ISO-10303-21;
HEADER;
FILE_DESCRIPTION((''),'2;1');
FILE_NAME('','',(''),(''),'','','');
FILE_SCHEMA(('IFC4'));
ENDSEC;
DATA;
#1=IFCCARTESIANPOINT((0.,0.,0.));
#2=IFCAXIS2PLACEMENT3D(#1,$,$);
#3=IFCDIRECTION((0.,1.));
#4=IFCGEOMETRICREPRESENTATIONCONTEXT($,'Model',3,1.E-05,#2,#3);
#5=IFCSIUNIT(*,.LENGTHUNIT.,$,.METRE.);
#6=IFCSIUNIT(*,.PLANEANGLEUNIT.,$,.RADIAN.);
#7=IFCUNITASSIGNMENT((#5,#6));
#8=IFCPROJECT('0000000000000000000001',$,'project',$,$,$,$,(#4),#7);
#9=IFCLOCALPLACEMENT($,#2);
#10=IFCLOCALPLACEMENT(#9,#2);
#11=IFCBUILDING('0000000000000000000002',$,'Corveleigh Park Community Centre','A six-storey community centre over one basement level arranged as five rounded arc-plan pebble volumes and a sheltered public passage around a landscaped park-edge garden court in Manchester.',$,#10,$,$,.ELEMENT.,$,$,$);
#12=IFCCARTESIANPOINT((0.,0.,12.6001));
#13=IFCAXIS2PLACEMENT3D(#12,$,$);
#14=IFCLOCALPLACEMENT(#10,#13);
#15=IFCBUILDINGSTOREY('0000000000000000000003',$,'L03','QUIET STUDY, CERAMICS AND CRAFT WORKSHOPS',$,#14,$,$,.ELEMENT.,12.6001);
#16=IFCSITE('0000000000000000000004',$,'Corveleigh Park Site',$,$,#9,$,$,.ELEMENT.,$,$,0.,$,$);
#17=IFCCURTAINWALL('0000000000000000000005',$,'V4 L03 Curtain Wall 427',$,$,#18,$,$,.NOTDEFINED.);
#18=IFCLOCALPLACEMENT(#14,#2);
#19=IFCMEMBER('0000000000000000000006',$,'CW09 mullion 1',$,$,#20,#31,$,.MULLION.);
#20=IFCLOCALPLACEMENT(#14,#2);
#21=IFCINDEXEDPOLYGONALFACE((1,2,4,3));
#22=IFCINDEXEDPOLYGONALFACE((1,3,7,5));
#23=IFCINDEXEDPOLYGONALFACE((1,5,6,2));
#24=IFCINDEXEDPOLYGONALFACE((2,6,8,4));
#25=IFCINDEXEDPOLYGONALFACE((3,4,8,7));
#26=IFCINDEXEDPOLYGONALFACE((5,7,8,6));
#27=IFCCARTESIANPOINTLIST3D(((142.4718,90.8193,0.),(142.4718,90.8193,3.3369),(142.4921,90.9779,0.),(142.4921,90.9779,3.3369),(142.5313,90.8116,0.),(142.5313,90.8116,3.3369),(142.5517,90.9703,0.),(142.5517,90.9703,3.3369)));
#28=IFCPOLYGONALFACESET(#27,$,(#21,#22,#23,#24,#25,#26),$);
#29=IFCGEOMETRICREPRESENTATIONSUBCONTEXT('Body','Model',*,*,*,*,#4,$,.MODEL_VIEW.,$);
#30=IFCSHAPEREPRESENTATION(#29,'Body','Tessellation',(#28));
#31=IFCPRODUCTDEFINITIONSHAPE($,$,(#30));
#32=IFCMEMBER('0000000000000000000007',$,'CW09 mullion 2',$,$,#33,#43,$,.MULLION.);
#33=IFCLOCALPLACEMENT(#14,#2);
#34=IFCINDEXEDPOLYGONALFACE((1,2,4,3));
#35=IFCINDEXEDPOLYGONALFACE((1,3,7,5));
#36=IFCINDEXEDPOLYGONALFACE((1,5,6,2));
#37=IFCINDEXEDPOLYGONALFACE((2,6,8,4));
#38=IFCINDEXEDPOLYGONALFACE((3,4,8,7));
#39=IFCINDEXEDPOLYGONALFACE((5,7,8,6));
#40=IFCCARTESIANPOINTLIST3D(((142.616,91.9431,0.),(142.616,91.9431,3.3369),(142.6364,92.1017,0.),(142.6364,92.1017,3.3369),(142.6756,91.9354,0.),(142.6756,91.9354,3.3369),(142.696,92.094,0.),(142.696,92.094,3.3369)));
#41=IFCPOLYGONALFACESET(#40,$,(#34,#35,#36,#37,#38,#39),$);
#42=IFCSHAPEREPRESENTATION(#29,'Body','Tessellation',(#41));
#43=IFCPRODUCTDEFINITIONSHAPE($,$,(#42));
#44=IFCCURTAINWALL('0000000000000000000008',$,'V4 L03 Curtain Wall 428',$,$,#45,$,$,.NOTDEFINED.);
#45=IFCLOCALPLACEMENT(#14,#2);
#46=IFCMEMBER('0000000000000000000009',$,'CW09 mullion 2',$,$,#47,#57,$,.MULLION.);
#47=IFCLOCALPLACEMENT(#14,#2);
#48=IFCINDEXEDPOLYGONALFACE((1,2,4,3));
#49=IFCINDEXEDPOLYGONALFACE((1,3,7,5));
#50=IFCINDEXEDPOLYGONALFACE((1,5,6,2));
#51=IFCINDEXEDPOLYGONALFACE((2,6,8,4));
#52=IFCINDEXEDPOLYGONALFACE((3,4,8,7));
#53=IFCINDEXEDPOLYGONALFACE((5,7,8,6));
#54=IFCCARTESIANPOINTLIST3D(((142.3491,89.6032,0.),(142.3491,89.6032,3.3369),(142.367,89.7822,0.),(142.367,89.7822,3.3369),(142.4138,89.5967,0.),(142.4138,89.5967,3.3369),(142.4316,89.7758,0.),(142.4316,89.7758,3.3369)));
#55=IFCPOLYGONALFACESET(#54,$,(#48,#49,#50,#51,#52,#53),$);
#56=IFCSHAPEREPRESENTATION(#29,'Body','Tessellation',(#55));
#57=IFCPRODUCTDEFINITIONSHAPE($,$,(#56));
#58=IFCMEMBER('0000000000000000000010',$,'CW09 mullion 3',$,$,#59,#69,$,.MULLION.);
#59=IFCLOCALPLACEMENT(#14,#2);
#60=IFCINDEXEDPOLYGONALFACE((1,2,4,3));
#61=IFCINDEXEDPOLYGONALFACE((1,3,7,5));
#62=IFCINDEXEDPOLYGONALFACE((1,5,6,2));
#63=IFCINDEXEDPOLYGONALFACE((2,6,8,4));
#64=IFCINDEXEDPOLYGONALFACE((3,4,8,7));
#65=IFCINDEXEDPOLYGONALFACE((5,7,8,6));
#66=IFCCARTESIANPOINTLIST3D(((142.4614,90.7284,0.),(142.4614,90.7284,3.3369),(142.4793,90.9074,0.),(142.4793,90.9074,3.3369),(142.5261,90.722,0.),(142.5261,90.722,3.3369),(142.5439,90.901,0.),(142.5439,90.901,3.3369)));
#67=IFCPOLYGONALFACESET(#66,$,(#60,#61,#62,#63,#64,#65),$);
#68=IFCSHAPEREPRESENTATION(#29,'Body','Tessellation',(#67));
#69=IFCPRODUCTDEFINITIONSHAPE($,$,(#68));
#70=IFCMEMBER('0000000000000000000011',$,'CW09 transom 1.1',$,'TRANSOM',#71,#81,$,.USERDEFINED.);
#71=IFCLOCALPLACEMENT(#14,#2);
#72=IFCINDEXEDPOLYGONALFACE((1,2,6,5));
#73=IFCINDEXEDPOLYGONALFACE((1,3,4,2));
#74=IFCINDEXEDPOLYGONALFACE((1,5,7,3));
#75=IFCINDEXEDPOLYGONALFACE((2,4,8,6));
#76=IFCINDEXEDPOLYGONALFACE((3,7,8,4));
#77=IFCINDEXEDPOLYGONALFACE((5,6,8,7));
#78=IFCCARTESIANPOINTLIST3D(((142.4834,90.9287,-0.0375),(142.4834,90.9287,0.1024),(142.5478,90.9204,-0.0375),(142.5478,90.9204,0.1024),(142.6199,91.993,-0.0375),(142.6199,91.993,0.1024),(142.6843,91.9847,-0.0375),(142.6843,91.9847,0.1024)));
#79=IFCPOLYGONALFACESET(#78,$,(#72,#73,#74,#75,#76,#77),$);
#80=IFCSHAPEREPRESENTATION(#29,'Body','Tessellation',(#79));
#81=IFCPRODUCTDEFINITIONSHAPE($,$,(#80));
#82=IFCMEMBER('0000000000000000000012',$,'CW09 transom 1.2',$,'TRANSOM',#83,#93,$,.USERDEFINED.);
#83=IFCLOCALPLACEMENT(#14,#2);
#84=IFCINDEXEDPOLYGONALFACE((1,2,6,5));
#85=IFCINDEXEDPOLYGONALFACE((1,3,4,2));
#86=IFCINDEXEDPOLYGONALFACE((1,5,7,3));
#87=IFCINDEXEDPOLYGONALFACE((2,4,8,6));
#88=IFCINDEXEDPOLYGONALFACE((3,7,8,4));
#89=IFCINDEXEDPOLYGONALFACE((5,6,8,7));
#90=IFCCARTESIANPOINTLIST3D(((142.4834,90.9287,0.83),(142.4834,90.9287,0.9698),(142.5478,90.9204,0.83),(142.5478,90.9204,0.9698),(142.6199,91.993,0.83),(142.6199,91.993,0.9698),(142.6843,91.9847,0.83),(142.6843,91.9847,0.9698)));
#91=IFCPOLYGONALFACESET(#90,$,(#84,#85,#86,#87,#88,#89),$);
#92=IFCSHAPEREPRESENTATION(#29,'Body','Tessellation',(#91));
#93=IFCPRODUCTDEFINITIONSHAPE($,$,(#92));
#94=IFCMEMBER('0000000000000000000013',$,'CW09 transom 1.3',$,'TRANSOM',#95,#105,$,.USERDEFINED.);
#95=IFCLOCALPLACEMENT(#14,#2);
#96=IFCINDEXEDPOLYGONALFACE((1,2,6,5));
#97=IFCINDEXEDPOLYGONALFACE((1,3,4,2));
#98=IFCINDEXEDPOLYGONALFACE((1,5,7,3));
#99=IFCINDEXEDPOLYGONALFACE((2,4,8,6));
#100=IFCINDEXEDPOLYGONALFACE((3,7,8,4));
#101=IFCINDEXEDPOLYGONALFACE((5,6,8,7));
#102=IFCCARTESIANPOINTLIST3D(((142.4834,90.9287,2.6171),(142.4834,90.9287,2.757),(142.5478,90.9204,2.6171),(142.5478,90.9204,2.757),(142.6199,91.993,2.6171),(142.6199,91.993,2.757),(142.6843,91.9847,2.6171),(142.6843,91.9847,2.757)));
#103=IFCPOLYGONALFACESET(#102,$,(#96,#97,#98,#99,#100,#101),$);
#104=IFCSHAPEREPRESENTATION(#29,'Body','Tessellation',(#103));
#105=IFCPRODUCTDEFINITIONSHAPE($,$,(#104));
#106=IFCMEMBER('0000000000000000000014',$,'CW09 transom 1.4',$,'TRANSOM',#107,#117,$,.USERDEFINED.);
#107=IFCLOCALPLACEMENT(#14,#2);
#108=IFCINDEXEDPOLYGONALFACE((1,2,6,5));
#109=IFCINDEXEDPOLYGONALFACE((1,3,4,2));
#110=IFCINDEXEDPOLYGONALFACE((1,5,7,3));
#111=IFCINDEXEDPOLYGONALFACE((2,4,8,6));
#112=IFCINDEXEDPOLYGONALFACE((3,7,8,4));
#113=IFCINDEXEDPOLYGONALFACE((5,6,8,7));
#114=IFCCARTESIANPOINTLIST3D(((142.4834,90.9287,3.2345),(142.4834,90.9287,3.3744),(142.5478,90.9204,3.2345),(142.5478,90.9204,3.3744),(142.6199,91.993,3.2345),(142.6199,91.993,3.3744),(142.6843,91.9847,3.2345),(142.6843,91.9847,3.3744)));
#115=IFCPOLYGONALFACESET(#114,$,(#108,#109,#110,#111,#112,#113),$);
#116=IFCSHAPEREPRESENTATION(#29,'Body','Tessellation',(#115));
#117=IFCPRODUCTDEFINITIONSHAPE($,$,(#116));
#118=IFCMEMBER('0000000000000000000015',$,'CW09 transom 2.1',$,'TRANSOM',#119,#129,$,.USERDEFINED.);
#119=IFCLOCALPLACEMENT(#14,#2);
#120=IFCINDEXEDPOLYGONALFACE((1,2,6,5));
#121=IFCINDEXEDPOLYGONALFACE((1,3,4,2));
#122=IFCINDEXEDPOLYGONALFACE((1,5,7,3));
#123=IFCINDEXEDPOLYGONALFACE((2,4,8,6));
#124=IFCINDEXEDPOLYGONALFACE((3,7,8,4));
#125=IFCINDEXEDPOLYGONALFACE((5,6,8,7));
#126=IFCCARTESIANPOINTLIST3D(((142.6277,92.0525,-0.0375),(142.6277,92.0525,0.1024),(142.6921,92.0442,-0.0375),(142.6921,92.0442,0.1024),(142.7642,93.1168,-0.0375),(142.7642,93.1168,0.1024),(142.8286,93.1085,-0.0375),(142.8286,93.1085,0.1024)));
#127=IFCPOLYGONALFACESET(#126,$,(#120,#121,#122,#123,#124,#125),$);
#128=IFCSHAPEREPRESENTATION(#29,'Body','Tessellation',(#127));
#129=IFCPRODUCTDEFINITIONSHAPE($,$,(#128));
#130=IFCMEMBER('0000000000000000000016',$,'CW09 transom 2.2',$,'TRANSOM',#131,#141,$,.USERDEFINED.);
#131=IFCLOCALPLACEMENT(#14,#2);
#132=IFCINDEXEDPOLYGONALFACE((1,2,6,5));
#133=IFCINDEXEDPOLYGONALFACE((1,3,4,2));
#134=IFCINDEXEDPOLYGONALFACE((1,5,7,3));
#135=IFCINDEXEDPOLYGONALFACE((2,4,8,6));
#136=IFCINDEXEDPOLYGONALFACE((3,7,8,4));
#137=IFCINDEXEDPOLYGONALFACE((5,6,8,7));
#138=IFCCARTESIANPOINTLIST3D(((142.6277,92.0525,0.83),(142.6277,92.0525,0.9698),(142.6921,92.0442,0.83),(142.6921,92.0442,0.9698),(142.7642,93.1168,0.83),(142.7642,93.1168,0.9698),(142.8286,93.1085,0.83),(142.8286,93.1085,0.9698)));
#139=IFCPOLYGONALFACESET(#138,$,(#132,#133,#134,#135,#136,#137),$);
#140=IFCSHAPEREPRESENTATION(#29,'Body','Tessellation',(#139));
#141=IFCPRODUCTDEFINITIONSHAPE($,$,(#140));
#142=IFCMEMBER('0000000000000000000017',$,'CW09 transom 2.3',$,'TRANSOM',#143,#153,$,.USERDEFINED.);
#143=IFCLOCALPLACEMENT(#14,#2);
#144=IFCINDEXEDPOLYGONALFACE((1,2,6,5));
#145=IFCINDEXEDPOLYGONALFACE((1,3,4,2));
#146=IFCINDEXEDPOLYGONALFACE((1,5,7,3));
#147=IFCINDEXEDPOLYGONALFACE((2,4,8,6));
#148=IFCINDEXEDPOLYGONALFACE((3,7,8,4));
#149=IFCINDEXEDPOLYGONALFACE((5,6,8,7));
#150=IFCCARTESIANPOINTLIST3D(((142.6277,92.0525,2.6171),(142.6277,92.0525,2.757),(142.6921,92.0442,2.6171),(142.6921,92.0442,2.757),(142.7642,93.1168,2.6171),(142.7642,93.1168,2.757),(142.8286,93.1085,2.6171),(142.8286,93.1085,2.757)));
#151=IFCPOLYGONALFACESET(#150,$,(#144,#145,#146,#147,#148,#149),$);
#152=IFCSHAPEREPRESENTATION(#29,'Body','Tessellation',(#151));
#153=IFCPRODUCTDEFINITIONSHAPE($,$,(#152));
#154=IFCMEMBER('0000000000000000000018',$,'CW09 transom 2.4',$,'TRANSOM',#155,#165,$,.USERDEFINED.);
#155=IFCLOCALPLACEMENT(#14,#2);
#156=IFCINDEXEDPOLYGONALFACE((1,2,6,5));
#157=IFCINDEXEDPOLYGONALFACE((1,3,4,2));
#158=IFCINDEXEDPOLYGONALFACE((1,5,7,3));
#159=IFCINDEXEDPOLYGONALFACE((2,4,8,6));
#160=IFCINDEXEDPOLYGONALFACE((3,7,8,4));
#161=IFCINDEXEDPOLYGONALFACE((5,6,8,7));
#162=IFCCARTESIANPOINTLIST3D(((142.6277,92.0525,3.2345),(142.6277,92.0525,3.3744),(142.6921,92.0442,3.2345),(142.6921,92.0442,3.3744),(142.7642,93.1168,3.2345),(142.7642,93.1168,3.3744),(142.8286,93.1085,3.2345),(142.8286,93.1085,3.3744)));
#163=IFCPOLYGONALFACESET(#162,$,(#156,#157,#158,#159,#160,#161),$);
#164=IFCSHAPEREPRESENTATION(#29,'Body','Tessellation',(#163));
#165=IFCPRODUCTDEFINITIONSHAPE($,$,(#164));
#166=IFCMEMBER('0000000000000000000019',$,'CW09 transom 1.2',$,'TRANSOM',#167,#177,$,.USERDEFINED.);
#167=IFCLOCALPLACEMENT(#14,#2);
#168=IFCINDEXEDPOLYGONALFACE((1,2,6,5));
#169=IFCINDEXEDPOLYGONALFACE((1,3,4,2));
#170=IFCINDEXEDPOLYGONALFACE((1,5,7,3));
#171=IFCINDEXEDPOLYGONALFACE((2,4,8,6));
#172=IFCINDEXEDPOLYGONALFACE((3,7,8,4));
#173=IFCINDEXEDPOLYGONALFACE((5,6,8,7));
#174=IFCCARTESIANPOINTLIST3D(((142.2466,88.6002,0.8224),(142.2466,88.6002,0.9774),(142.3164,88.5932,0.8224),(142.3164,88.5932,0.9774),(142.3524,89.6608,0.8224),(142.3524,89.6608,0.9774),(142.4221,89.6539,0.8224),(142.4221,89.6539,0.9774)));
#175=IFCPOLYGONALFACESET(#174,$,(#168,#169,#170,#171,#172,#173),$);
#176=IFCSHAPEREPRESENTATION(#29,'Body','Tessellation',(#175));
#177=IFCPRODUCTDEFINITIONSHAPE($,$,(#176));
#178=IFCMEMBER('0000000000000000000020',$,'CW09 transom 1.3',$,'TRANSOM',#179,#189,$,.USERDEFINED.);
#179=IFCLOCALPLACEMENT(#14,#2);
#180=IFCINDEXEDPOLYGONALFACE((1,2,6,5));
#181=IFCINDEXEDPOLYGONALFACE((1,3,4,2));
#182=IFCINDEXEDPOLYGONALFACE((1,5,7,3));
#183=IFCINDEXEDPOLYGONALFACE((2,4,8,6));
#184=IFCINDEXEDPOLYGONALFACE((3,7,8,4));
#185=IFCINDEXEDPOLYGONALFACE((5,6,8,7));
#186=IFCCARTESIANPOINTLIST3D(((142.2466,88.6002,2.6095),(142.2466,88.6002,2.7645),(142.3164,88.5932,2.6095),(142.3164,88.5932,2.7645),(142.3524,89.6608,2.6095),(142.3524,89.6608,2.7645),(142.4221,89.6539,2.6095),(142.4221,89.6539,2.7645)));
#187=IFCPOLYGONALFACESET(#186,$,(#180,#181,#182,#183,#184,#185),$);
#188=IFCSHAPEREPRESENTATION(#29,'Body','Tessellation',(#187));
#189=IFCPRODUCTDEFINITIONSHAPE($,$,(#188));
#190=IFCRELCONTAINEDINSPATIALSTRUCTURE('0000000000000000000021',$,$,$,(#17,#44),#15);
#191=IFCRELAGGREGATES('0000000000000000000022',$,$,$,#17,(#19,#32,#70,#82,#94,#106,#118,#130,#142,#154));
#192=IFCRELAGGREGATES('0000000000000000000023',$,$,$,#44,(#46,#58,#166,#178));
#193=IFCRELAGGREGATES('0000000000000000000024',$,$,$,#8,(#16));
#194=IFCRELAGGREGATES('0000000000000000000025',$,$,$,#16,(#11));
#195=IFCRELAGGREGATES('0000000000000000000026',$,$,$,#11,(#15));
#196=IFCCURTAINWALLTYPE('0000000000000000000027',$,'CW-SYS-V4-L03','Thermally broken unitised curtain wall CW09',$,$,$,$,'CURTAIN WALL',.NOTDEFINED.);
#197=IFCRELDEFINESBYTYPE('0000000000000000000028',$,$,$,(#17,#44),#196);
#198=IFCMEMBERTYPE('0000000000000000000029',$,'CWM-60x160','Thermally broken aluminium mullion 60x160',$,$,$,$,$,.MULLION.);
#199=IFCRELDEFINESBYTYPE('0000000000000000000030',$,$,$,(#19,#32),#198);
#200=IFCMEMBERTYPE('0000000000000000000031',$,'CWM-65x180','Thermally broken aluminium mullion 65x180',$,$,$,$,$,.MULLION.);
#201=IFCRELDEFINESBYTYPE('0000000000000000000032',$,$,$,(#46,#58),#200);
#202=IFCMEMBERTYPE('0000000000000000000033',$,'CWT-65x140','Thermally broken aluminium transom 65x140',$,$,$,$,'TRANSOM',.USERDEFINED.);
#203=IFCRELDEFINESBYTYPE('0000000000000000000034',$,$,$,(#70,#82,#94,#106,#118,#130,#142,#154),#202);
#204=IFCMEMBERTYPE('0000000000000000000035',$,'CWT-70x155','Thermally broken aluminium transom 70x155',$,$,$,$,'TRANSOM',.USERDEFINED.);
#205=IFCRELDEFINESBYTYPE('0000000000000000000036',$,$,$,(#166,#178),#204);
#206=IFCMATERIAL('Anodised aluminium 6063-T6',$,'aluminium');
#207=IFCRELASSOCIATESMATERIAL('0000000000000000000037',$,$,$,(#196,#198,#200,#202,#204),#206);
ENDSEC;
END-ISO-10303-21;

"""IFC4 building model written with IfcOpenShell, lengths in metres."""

from ifc_helpers import new_model, si_unit, direction, frame, origin, origin_2d, place, context, subcontext, project, spatial, rectangle, extrude, material, material_profile, profile_set, type_object, element, aggregate, save


model = new_model("IFC4")

# Units and contexts
model_context = context("Model", 3, precision=1e-05, world=origin(), true_north=direction((0.0, 1.0)))
body_context = subcontext(model_context, "Body", "Model", "MODEL_VIEW")
ifc_project = project(units=[si_unit("LENGTHUNIT", "METRE"), si_unit("PLANEANGLEUNIT", "RADIAN")], contexts=[model_context])

# Site, building, storey
site_placement = place(None, origin())
site = spatial("IfcSite", under=ifc_project, at=site_placement, Name="Corveleigh Park Site", CompositionType="ELEMENT", RefElevation=0.0)
building_placement = place(site_placement, origin())
building = spatial("IfcBuilding", under=site, at=building_placement, Name="Corveleigh Park Community Centre", Description="A six-storey community centre over one basement level arranged as five rounded arc-plan pebble volumes and a sheltered public passage around a landscaped park-edge garden court in Manchester.", CompositionType="ELEMENT")
storey_placement = place(building_placement, frame((0.0, 0.0, 12.6001)))
storey = spatial("IfcBuildingStorey", under=building, at=storey_placement, Name="L03", Description="QUIET STUDY, CERAMICS AND CRAFT WORKSHOPS", CompositionType="ELEMENT", Elevation=12.6001)

# Curtain walls, members
ifc_material_1 = material(Name="Anodised aluminium 6063-T6", Category="aluminium")
curtain_wall_type = type_object("IfcCurtainWallType", Name="CW-SYS-V4-L03", Description="Thermally broken unitised curtain wall CW09", ElementType="CURTAIN WALL", PredefinedType="NOTDEFINED", material=ifc_material_1)
curtain_wall_1_placement = place(storey_placement, origin())
curtain_wall_1 = element("IfcCurtainWall", 1, at=curtain_wall_1_placement, inside=storey, type_object=curtain_wall_type, Name="V4 L03 Curtain Wall 427", PredefinedType="NOTDEFINED")
ifc_material_profile_1 = material_profile(ifc_material_1, rectangle(XDim=0.0601, YDim=0.1599, at=origin_2d()), Name="ALU-M60x160", Category="aluminium")
ifc_profile_set_1 = profile_set([ifc_material_profile_1], Name="Anodised aluminium 6063-T6")
member_type_1 = type_object("IfcMemberType", Name="CWM-60x160", Description="Thermally broken aluminium mullion 60x160", PredefinedType="MULLION", material=ifc_profile_set_1)
member_1_placement = place(storey_placement, frame((142.5117, 90.8948, 0.0), z_axis=(0.0, 0.0, 1.0), x_axis=(-0.991869, 0.127262, 0.0)))
member_1 = element("IfcMember", 2, at=member_1_placement, type_object=member_type_1, Name="CW09 mullion 1", PredefinedType="MULLION", context=body_context, shape_type="SweptSolid", body=[
    extrude(rectangle(XDim=0.0601, YDim=0.1599, at=origin_2d()), origin(), (0.0, 0.0, 1.0), 3.3369),
])
member_2_placement = place(storey_placement, frame((142.656, 92.0186, 0.0), z_axis=(0.0, 0.0, 1.0), x_axis=(-0.991869, 0.127262, 0.0)))
member_2 = element("IfcMember", 3, at=member_2_placement, type_object=member_type_1, Name="CW09 mullion 2", PredefinedType="MULLION", context=body_context, shape_type="SweptSolid", body=[
    extrude(rectangle(XDim=0.0601, YDim=0.1599, at=origin_2d()), origin(), (0.0, 0.0, 1.0), 3.3369),
])
curtain_wall_2_placement = place(storey_placement, origin())
curtain_wall_2 = element("IfcCurtainWall", 4, at=curtain_wall_2_placement, inside=storey, type_object=curtain_wall_type, Name="V4 L03 Curtain Wall 428", PredefinedType="NOTDEFINED")
ifc_material_profile_2 = material_profile(ifc_material_1, rectangle(XDim=0.0649, YDim=0.1799, at=origin_2d()), Name="ALU-M65x180", Category="aluminium")
ifc_profile_set_2 = profile_set([ifc_material_profile_2], Name="Anodised aluminium 6063-T6")
member_type_2 = type_object("IfcMemberType", Name="CWM-65x180", Description="Thermally broken aluminium mullion 65x180", PredefinedType="MULLION", material=ifc_profile_set_2)
member_3_placement = place(storey_placement, frame((142.3904, 89.6895, 0.0), z_axis=(0.0, 0.0, 1.0), x_axis=(-0.995058, 0.099291, 0.0)))
member_3 = element("IfcMember", 5, at=member_3_placement, type_object=member_type_2, Name="CW09 mullion 2", PredefinedType="MULLION", context=body_context, shape_type="SweptSolid", body=[
    extrude(rectangle(XDim=0.0649, YDim=0.1799, at=origin_2d()), origin(), (0.0, 0.0, 1.0), 3.3369),
])
member_4_placement = place(storey_placement, frame((142.5027, 90.8147, 0.0), z_axis=(0.0, 0.0, 1.0), x_axis=(-0.995058, 0.099291, 0.0)))
member_4 = element("IfcMember", 6, at=member_4_placement, type_object=member_type_2, Name="CW09 mullion 3", PredefinedType="MULLION", context=body_context, shape_type="SweptSolid", body=[
    extrude(rectangle(XDim=0.0649, YDim=0.1799, at=origin_2d()), origin(), (0.0, 0.0, 1.0), 3.3369),
])

# Members
ifc_material_profile_3 = material_profile(ifc_material_1, rectangle(XDim=0.0649, YDim=0.1399, at=origin_2d()), Name="ALU-T65x140", Category="aluminium")
ifc_profile_set_3 = profile_set([ifc_material_profile_3], Name="Anodised aluminium 6063-T6")
member_type_3 = type_object("IfcMemberType", Name="CWT-65x140", Description="Thermally broken aluminium transom 65x140", ElementType="TRANSOM", PredefinedType="USERDEFINED", material=ifc_profile_set_3)
member_5_placement = place(storey_placement, frame((142.5156, 90.9246, 0.0325), z_axis=(0.127199, 0.991877, 0.0), x_axis=(-0.991877, 0.127199, 0.0)))
member_5 = element("IfcMember", 7, at=member_5_placement, type_object=member_type_3, Name="CW09 transom 1.1", ObjectType="TRANSOM", PredefinedType="USERDEFINED", context=body_context, shape_type="SweptSolid", body=[
    extrude(rectangle(XDim=0.0649, YDim=0.1399, at=origin_2d()), origin(), (0.0, 0.0, 1.0), 1.073),
])
member_6_placement = place(storey_placement, frame((142.5156, 90.9246, 0.8999), z_axis=(0.127199, 0.991877, 0.0), x_axis=(-0.991877, 0.127199, 0.0)))
member_6 = element("IfcMember", 8, at=member_6_placement, type_object=member_type_3, Name="CW09 transom 1.2", ObjectType="TRANSOM", PredefinedType="USERDEFINED", context=body_context, shape_type="SweptSolid", body=[
    extrude(rectangle(XDim=0.0649, YDim=0.1399, at=origin_2d()), origin(), (0.0, 0.0, 1.0), 1.073),
])
member_7_placement = place(storey_placement, frame((142.5156, 90.9246, 2.687), z_axis=(0.127199, 0.991877, 0.0), x_axis=(-0.991877, 0.127199, 0.0)))
member_7 = element("IfcMember", 9, at=member_7_placement, type_object=member_type_3, Name="CW09 transom 1.3", ObjectType="TRANSOM", PredefinedType="USERDEFINED", context=body_context, shape_type="SweptSolid", body=[
    extrude(rectangle(XDim=0.0649, YDim=0.1399, at=origin_2d()), origin(), (0.0, 0.0, 1.0), 1.073),
])
member_8_placement = place(storey_placement, frame((142.5156, 90.9246, 3.3044), z_axis=(0.127199, 0.991877, 0.0), x_axis=(-0.991877, 0.127199, 0.0)))
member_8 = element("IfcMember", 10, at=member_8_placement, type_object=member_type_3, Name="CW09 transom 1.4", ObjectType="TRANSOM", PredefinedType="USERDEFINED", context=body_context, shape_type="SweptSolid", body=[
    extrude(rectangle(XDim=0.0649, YDim=0.1399, at=origin_2d()), origin(), (0.0, 0.0, 1.0), 1.073),
])
member_9_placement = place(storey_placement, frame((142.6599, 92.0483, 0.0325), z_axis=(0.127199, 0.991877, 0.0), x_axis=(-0.991877, 0.127199, 0.0)))
member_9 = element("IfcMember", 11, at=member_9_placement, type_object=member_type_3, Name="CW09 transom 2.1", ObjectType="TRANSOM", PredefinedType="USERDEFINED", context=body_context, shape_type="SweptSolid", body=[
    extrude(rectangle(XDim=0.0649, YDim=0.1399, at=origin_2d()), origin(), (0.0, 0.0, 1.0), 1.073),
])
member_10_placement = place(storey_placement, frame((142.6599, 92.0483, 0.8999), z_axis=(0.127199, 0.991877, 0.0), x_axis=(-0.991877, 0.127199, 0.0)))
member_10 = element("IfcMember", 12, at=member_10_placement, type_object=member_type_3, Name="CW09 transom 2.2", ObjectType="TRANSOM", PredefinedType="USERDEFINED", context=body_context, shape_type="SweptSolid", body=[
    extrude(rectangle(XDim=0.0649, YDim=0.1399, at=origin_2d()), origin(), (0.0, 0.0, 1.0), 1.073),
])
member_11_placement = place(storey_placement, frame((142.6599, 92.0483, 2.687), z_axis=(0.127199, 0.991877, 0.0), x_axis=(-0.991877, 0.127199, 0.0)))
member_11 = element("IfcMember", 13, at=member_11_placement, type_object=member_type_3, Name="CW09 transom 2.3", ObjectType="TRANSOM", PredefinedType="USERDEFINED", context=body_context, shape_type="SweptSolid", body=[
    extrude(rectangle(XDim=0.0649, YDim=0.1399, at=origin_2d()), origin(), (0.0, 0.0, 1.0), 1.073),
])
member_12_placement = place(storey_placement, frame((142.6599, 92.0483, 3.3044), z_axis=(0.127199, 0.991877, 0.0), x_axis=(-0.991877, 0.127199, 0.0)))
member_12 = element("IfcMember", 14, at=member_12_placement, type_object=member_type_3, Name="CW09 transom 2.4", ObjectType="TRANSOM", PredefinedType="USERDEFINED", context=body_context, shape_type="SweptSolid", body=[
    extrude(rectangle(XDim=0.0649, YDim=0.1399, at=origin_2d()), origin(), (0.0, 0.0, 1.0), 1.073),
])
ifc_material_profile_4 = material_profile(ifc_material_1, rectangle(XDim=0.0701, YDim=0.155, at=origin_2d()), Name="ALU-T70x155", Category="aluminium")
ifc_profile_set_4 = profile_set([ifc_material_profile_4], Name="Anodised aluminium 6063-T6")
member_type_4 = type_object("IfcMemberType", Name="CWT-70x155", Description="Thermally broken aluminium transom 70x155", ElementType="TRANSOM", PredefinedType="USERDEFINED", material=ifc_profile_set_4)
member_13_placement = place(storey_placement, frame((142.2815, 88.5967, 0.8999), z_axis=(0.099186, 0.995069, 0.0), x_axis=(-0.995069, 0.099186, 0.0)))
member_13 = element("IfcMember", 15, at=member_13_placement, type_object=member_type_4, Name="CW09 transom 1.2", ObjectType="TRANSOM", PredefinedType="USERDEFINED", context=body_context, shape_type="SweptSolid", body=[
    extrude(rectangle(XDim=0.0701, YDim=0.155, at=origin_2d()), origin(), (0.0, 0.0, 1.0), 1.0659),
])
member_14_placement = place(storey_placement, frame((142.2815, 88.5967, 2.687), z_axis=(0.099186, 0.995069, 0.0), x_axis=(-0.995069, 0.099186, 0.0)))
member_14 = element("IfcMember", 16, at=member_14_placement, type_object=member_type_4, Name="CW09 transom 1.3", ObjectType="TRANSOM", PredefinedType="USERDEFINED", context=body_context, shape_type="SweptSolid", body=[
    extrude(rectangle(XDim=0.0701, YDim=0.155, at=origin_2d()), origin(), (0.0, 0.0, 1.0), 1.0659),
])

aggregate(curtain_wall_1, [member_1, member_2, member_5, member_6, member_7, member_8, member_9, member_10, member_11, member_12])
aggregate(curtain_wall_2, [member_3, member_4, member_13, member_14])

save(model, "model.ifc")
